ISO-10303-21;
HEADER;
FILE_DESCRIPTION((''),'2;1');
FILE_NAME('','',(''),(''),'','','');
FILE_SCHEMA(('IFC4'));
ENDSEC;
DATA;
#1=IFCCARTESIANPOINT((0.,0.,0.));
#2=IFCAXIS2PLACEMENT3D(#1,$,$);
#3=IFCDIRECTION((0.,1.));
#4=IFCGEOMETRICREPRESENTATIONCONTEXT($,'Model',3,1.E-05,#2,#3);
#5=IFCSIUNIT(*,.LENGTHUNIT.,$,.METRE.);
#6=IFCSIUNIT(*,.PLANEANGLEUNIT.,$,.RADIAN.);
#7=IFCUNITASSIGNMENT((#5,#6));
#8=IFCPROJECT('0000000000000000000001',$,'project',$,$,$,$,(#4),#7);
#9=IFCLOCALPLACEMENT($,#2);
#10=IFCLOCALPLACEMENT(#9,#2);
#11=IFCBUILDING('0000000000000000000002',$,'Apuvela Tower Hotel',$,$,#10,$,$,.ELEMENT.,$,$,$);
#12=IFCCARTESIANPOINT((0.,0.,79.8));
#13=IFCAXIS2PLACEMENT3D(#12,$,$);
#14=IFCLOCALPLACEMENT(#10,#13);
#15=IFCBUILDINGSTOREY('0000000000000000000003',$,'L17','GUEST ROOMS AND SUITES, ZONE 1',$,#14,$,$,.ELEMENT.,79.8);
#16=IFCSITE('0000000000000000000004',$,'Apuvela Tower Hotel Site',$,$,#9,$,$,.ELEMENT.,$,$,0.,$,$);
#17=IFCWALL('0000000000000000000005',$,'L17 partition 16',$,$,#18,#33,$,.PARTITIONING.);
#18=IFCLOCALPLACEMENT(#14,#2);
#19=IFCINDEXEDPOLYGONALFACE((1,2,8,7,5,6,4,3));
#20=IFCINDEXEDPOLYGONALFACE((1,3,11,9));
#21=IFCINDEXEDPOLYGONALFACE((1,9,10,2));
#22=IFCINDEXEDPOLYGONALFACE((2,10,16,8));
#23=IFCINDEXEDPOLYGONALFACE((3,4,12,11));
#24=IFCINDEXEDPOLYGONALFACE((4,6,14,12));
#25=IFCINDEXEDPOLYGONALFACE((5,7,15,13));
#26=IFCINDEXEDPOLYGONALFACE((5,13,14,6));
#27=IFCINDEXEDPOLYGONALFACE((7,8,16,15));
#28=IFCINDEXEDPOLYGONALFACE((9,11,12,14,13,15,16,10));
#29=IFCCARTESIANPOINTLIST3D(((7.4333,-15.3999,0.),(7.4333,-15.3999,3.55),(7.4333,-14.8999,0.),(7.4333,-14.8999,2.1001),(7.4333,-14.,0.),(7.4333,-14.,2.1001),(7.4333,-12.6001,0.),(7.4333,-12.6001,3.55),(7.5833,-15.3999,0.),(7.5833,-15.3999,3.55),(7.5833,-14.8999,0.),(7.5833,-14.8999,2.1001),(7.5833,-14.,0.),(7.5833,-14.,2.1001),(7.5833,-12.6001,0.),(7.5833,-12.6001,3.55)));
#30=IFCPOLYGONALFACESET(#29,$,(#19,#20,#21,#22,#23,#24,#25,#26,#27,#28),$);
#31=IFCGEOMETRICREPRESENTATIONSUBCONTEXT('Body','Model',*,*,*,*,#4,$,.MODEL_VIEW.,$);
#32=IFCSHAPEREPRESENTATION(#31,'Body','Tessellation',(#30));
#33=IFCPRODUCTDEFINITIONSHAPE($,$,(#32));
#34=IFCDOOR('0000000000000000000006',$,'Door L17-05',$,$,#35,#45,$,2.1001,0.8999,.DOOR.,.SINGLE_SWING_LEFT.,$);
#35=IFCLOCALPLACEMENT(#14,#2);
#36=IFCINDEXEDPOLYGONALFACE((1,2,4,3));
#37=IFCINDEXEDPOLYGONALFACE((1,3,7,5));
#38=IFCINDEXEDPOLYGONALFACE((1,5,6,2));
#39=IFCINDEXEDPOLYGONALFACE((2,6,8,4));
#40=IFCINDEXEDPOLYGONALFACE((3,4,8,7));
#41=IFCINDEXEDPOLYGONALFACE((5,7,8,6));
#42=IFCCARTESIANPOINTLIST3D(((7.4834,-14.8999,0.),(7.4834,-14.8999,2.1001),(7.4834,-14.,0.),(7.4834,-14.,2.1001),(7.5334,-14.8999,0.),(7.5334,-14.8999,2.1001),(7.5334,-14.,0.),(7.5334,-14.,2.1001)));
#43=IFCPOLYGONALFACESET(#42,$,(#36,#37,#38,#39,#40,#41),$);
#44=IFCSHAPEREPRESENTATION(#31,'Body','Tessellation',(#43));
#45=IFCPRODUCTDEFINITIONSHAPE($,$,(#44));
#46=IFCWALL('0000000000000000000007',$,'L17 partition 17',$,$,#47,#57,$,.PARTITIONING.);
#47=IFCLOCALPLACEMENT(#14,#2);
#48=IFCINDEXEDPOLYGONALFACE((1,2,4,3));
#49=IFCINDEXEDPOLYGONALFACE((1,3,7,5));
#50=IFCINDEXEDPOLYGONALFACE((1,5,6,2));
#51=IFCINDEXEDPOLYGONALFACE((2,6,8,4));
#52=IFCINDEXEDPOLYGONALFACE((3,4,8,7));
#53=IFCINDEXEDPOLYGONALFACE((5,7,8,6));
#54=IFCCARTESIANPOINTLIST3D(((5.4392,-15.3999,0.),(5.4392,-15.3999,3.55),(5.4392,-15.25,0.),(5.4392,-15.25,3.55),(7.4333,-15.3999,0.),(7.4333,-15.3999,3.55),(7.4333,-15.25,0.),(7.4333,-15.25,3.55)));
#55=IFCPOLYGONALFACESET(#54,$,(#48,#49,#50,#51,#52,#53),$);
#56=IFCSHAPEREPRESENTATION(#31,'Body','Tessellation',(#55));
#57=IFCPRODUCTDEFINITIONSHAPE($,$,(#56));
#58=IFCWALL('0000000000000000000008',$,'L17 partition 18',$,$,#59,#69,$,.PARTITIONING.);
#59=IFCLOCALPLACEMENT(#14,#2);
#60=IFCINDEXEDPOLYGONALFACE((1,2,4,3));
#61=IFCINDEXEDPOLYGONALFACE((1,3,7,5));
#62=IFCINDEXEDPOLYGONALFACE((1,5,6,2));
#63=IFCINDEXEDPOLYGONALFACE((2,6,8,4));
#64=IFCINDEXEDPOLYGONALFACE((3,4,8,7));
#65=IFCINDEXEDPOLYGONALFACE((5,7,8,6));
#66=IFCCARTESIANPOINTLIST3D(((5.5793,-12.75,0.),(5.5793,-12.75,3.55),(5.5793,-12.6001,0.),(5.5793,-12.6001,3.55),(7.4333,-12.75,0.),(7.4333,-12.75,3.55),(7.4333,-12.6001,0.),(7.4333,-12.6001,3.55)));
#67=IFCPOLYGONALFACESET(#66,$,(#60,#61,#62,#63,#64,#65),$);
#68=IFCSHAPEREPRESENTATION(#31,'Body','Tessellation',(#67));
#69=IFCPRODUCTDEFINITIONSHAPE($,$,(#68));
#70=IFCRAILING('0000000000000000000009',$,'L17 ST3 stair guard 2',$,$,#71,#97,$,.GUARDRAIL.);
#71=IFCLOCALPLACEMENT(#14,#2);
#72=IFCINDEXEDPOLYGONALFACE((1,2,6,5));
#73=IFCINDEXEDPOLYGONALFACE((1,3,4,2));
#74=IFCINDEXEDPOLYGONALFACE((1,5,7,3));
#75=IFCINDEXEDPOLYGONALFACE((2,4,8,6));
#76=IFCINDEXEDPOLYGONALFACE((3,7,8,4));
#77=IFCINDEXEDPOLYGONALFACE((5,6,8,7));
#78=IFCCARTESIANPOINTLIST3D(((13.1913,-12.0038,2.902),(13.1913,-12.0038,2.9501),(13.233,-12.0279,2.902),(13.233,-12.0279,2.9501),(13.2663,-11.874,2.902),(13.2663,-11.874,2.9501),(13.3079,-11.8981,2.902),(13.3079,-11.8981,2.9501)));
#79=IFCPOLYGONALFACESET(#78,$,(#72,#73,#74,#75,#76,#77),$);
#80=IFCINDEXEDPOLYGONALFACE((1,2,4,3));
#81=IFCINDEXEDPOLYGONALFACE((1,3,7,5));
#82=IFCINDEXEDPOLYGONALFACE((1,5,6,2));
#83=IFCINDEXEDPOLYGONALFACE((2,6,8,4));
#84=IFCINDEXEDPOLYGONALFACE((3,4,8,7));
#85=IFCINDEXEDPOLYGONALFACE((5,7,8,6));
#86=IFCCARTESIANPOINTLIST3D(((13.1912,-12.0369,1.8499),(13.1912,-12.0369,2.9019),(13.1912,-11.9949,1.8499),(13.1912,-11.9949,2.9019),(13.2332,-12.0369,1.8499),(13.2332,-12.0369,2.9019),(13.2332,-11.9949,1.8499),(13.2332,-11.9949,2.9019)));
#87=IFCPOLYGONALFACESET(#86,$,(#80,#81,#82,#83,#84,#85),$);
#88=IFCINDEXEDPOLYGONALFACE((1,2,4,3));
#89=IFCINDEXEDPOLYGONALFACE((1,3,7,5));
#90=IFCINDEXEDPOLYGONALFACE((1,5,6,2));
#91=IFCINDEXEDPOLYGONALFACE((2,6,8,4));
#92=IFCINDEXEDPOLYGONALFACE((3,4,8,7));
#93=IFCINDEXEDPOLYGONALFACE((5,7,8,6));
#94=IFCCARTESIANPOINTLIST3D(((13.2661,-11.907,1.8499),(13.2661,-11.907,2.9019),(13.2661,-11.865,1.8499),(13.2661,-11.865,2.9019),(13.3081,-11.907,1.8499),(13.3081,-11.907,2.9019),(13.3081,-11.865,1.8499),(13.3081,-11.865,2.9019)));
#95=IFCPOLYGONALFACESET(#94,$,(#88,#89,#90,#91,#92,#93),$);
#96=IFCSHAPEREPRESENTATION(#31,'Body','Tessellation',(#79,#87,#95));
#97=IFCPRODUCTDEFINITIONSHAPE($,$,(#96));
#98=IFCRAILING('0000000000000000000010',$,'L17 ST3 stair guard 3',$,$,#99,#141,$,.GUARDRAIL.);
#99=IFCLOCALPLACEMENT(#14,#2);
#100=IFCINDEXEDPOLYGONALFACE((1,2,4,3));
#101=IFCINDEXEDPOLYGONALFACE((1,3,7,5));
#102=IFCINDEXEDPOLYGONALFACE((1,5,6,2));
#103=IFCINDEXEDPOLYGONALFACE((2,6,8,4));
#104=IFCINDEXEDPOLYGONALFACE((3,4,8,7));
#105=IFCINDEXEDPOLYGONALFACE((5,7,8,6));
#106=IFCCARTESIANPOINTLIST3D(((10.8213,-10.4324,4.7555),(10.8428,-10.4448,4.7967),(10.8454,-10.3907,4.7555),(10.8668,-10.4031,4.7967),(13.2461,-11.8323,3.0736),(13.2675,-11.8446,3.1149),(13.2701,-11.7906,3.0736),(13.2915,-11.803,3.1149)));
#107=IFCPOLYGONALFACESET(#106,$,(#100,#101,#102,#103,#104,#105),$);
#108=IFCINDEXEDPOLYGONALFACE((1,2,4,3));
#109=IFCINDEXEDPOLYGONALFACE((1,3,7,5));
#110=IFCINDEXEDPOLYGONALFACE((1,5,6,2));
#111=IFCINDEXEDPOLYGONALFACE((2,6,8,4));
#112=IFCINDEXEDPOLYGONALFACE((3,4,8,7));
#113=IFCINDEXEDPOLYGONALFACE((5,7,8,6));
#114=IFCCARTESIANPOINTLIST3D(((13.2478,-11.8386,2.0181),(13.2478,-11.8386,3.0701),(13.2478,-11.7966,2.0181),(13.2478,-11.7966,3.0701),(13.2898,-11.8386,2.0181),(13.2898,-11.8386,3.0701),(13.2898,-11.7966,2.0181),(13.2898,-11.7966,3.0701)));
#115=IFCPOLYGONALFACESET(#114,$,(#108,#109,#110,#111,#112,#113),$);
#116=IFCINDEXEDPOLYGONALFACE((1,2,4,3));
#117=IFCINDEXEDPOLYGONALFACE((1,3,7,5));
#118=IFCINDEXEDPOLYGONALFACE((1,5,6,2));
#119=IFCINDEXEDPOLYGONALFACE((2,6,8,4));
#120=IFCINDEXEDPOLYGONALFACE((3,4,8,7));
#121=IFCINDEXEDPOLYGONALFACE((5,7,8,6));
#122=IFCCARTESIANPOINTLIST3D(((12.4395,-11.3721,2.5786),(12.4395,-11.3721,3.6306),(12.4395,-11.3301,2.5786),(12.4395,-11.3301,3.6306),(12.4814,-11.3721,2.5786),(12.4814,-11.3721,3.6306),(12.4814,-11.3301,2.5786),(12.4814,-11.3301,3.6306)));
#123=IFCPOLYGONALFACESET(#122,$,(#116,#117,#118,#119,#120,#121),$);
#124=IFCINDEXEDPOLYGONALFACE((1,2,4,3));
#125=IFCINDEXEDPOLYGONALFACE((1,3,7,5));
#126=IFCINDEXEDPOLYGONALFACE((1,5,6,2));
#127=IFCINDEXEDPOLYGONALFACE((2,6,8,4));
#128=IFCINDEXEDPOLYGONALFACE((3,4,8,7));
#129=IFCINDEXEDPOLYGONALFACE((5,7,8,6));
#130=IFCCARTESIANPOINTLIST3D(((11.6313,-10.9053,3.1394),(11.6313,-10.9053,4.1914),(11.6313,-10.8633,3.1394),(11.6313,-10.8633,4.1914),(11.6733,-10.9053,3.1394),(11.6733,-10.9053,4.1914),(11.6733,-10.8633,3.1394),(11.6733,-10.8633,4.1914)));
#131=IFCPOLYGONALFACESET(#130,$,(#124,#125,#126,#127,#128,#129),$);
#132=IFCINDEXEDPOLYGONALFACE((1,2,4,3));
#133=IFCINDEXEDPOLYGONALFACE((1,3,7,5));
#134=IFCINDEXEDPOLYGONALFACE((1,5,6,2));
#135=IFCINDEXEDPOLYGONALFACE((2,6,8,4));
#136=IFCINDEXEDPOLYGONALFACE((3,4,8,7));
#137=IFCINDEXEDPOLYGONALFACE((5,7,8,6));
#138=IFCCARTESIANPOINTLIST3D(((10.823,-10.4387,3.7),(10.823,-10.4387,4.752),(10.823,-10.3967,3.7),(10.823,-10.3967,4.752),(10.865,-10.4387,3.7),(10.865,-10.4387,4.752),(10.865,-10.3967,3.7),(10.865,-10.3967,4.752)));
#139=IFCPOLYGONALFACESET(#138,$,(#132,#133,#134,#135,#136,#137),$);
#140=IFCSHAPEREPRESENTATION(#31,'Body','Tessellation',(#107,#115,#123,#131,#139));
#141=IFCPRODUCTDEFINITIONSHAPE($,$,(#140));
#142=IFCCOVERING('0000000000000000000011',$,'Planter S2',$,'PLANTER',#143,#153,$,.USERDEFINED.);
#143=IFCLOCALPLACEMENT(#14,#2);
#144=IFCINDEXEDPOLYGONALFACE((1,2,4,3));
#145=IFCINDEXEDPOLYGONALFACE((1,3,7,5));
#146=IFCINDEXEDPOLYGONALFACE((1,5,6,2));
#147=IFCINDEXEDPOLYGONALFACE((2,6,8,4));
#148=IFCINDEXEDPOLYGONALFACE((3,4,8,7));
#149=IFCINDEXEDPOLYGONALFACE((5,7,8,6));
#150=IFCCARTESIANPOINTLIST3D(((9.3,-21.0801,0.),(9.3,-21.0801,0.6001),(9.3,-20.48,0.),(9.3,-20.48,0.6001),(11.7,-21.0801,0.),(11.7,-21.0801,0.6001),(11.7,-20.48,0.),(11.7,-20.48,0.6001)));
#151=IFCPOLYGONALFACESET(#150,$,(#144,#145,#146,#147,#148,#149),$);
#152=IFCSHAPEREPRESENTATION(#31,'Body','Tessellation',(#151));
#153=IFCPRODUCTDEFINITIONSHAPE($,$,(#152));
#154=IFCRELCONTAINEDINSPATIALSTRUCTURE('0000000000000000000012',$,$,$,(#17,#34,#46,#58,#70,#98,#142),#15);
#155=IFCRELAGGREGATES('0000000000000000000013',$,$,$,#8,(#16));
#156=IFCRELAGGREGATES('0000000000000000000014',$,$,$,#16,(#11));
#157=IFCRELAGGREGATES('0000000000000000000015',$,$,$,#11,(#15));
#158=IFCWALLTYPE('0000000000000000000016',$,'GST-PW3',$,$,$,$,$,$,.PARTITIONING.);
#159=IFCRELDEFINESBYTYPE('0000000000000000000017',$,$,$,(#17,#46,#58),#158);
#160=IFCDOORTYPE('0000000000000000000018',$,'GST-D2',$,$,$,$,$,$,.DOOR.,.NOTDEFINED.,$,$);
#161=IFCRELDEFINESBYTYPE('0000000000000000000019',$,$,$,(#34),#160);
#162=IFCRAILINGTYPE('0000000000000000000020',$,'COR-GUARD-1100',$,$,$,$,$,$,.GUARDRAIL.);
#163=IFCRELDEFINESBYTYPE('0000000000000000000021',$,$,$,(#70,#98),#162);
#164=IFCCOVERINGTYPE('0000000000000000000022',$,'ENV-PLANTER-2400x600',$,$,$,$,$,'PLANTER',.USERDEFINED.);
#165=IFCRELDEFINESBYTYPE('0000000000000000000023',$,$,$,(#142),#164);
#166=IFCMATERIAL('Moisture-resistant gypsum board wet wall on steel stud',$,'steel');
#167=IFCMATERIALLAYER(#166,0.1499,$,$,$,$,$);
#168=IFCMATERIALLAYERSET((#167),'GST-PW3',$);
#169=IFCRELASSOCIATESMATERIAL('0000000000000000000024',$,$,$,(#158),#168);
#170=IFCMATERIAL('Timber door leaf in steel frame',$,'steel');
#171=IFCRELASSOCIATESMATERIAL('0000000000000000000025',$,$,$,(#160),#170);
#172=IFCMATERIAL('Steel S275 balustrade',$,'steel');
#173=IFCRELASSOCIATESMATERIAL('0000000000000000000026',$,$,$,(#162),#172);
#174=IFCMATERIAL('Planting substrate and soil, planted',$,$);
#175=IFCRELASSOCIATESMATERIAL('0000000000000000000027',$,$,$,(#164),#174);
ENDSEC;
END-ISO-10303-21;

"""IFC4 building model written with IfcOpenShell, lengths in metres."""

from ifc_helpers import new_model, si_unit, direction, frame, frame_2d, origin, origin_2d, place, context, subcontext, project, spatial, rectangle, extrude, material, layer, layer_set, type_object, element, fill, save


model = new_model("IFC4")

# Units and contexts
model_context = context("Model", 3, precision=1e-05, world=origin(), true_north=direction((0.0, 1.0)))
body_context = subcontext(model_context, "Body", "Model", "MODEL_VIEW")
ifc_project = project(units=[si_unit("LENGTHUNIT", "METRE"), si_unit("PLANEANGLEUNIT", "RADIAN")], contexts=[model_context])

# Site, building, storey
site_placement = place(None, origin())
site = spatial("IfcSite", under=ifc_project, at=site_placement, Name="Apuvela Tower Hotel Site", CompositionType="ELEMENT", RefElevation=0.0)
building_placement = place(site_placement, origin())
building = spatial("IfcBuilding", under=site, at=building_placement, Name="Apuvela Tower Hotel", CompositionType="ELEMENT")
storey_placement = place(building_placement, frame((0.0, 0.0, 79.8)))
storey = spatial("IfcBuildingStorey", under=building, at=storey_placement, Name="L17", Description="GUEST ROOMS AND SUITES, ZONE 1", CompositionType="ELEMENT", Elevation=79.8)

# Wall, opening, door
ifc_material_1 = material(Name="Moisture-resistant gypsum board wet wall on steel stud", Category="steel")
ifc_layer_1 = layer(ifc_material_1, 0.1499)
ifc_layer_set_1 = layer_set([ifc_layer_1], Name="GST-PW3")
wall_type_1 = type_object("IfcWallType", Name="GST-PW3", PredefinedType="PARTITIONING", material=ifc_layer_set_1)
ifc_material_2 = material(Name="Timber door leaf in steel frame", Category="steel")
wall_1_placement = place(storey_placement, frame((7.5083, -15.3999, 0.0), z_axis=(0.0, 0.0, 1.0), x_axis=(0.0, 1.0, 0.0)))
wall_1 = element("IfcWall", 1, at=wall_1_placement, inside=storey, type_object=wall_type_1, Name="L17 partition 16", PredefinedType="PARTITIONING", context=body_context, shape_type="SweptSolid", body=[
    extrude(rectangle(XDim=2.7998, YDim=0.1499, at=frame_2d((1.3999, 0.0))), origin(), (0.0, 0.0, 1.0), 3.55),
])
opening_1_placement = place(wall_1_placement, frame((0.5, 0.0, 0.0)))
opening_1 = element("IfcOpeningElement", 2, at=opening_1_placement, cuts=wall_1, PredefinedType="OPENING", context=body_context, shape_type="SweptSolid", body=[
    extrude(rectangle(XDim=0.8999, YDim=2.1001, at=frame_2d((0.45, 1.05))), frame((0.0, 0.085, 0.0), z_axis=(0.0, -1.0, 0.0), x_axis=(1.0, 0.0, 0.0)), (0.0, 0.0, 1.0), 0.1699),
])
door_type_1 = type_object("IfcDoorType", Name="GST-D2", OperationType="NOTDEFINED", PredefinedType="DOOR", material=ifc_material_2)
door_1_placement = place(opening_1_placement, origin())
door_1 = element("IfcDoor", 3, at=door_1_placement, inside=storey, type_object=door_type_1, Name="Door L17-05", OperationType="SINGLE_SWING_LEFT", OverallHeight=2.1001, OverallWidth=0.8999, PredefinedType="DOOR", context=body_context, shape_type="SweptSolid", body=[
    extrude(rectangle(XDim=0.8999, YDim=2.1001, at=frame_2d((0.45, 1.05))), frame((0.0, 0.0249, 0.0), z_axis=(0.0, -1.0, 0.0), x_axis=(1.0, 0.0, 0.0)), (0.0, 0.0, 1.0), 0.05),
])
fill(opening_1, door_1)

# Walls
wall_2_placement = place(storey_placement, frame((5.4392, -15.325, 0.0), z_axis=(0.0, 0.0, 1.0), x_axis=(1.0, 0.0, 0.0)))
element("IfcWall", 4, at=wall_2_placement, inside=storey, type_object=wall_type_1, Name="L17 partition 17", PredefinedType="PARTITIONING", context=body_context, shape_type="SweptSolid", body=[
    extrude(rectangle(XDim=1.9941, YDim=0.1499, at=frame_2d((0.9971, 0.0))), origin(), (0.0, 0.0, 1.0), 3.55),
])
wall_3_placement = place(storey_placement, frame((5.5793, -12.675, 0.0), z_axis=(0.0, 0.0, 1.0), x_axis=(1.0, 0.0, 0.0)))
element("IfcWall", 5, at=wall_3_placement, inside=storey, type_object=wall_type_1, Name="L17 partition 18", PredefinedType="PARTITIONING", context=body_context, shape_type="SweptSolid", body=[
    extrude(rectangle(XDim=1.854, YDim=0.1499, at=frame_2d((0.927, 0.0))), origin(), (0.0, 0.0, 1.0), 3.55),
])

# Railings
ifc_material_3 = material(Name="Steel S275 balustrade", Category="steel")
railing_type = type_object("IfcRailingType", Name="COR-GUARD-1100", PredefinedType="GUARDRAIL", material=ifc_material_3)
railing_1_placement = place(storey_placement, frame((13.2122, -12.0159, 1.8499)))
element("IfcRailing", 6, at=railing_1_placement, inside=storey, type_object=railing_type, Name="L17 ST3 stair guard 2", PredefinedType="GUARDRAIL", context=body_context, shape_type="SweptSolid", body=[
    extrude(rectangle(XDim=0.0481, YDim=0.0481, at=origin_2d()), frame((0.0, 0.0, 1.0762), z_axis=(0.499816, 0.866131, 0.0), x_axis=(-0.866131, 0.499816, 0.0)), (0.0, 0.0, 1.0), 0.1499),
    extrude(rectangle(XDim=0.042, YDim=0.042, at=origin_2d()), origin(), (0.0, 0.0, 1.0), 1.052),
    extrude(rectangle(XDim=0.042, YDim=0.042, at=origin_2d()), frame((0.075, 0.1299, 0.0)), (0.0, 0.0, 1.0), 1.052),
])
railing_2_placement = place(storey_placement, frame((13.2688, -11.8176, 2.0181)))
element("IfcRailing", 7, at=railing_2_placement, inside=storey, type_object=railing_type, Name="L17 ST3 stair guard 3", PredefinedType="GUARDRAIL", context=body_context, shape_type="SweptSolid", body=[
    extrude(rectangle(XDim=0.0481, YDim=0.0481, at=origin_2d()), frame((0.0, 0.0, 1.0762), z_axis=(-0.74239, 0.428601, 0.514934), x_axis=(-0.499984, -0.866035, 0.0)), (0.0, 0.0, 1.0), 3.2661),
    extrude(rectangle(XDim=0.042, YDim=0.042, at=origin_2d()), origin(), (0.0, 0.0, 1.0), 1.052),
    extrude(rectangle(XDim=0.042, YDim=0.042, at=origin_2d()), frame((-0.8083, 0.4666, 0.5605)), (0.0, 0.0, 1.0), 1.052),
    extrude(rectangle(XDim=0.042, YDim=0.042, at=origin_2d()), frame((-1.6165, 0.9333, 1.1213)), (0.0, 0.0, 1.0), 1.052),
    extrude(rectangle(XDim=0.042, YDim=0.042, at=origin_2d()), frame((-2.4248, 1.3999, 1.6819)), (0.0, 0.0, 1.0), 1.052),
])

# Covering
ifc_material_4 = material(Name="Planting substrate and soil, planted")
covering_type = type_object("IfcCoveringType", Name="ENV-PLANTER-2400x600", ElementType="PLANTER", PredefinedType="USERDEFINED", material=ifc_material_4)
covering_placement = place(storey_placement, frame((10.5, -20.78, 0.0), z_axis=(0.0, 0.0, 1.0), x_axis=(1.0, 0.0, 0.0)))
element("IfcCovering", 8, at=covering_placement, inside=storey, type_object=covering_type, Name="Planter S2", ObjectType="PLANTER", PredefinedType="USERDEFINED", context=body_context, shape_type="SweptSolid", body=[
    extrude(rectangle(XDim=2.3999, YDim=0.6001, at=origin_2d()), origin(), (0.0, 0.0, 1.0), 0.6001),
])

save(model, "model.ifc")
